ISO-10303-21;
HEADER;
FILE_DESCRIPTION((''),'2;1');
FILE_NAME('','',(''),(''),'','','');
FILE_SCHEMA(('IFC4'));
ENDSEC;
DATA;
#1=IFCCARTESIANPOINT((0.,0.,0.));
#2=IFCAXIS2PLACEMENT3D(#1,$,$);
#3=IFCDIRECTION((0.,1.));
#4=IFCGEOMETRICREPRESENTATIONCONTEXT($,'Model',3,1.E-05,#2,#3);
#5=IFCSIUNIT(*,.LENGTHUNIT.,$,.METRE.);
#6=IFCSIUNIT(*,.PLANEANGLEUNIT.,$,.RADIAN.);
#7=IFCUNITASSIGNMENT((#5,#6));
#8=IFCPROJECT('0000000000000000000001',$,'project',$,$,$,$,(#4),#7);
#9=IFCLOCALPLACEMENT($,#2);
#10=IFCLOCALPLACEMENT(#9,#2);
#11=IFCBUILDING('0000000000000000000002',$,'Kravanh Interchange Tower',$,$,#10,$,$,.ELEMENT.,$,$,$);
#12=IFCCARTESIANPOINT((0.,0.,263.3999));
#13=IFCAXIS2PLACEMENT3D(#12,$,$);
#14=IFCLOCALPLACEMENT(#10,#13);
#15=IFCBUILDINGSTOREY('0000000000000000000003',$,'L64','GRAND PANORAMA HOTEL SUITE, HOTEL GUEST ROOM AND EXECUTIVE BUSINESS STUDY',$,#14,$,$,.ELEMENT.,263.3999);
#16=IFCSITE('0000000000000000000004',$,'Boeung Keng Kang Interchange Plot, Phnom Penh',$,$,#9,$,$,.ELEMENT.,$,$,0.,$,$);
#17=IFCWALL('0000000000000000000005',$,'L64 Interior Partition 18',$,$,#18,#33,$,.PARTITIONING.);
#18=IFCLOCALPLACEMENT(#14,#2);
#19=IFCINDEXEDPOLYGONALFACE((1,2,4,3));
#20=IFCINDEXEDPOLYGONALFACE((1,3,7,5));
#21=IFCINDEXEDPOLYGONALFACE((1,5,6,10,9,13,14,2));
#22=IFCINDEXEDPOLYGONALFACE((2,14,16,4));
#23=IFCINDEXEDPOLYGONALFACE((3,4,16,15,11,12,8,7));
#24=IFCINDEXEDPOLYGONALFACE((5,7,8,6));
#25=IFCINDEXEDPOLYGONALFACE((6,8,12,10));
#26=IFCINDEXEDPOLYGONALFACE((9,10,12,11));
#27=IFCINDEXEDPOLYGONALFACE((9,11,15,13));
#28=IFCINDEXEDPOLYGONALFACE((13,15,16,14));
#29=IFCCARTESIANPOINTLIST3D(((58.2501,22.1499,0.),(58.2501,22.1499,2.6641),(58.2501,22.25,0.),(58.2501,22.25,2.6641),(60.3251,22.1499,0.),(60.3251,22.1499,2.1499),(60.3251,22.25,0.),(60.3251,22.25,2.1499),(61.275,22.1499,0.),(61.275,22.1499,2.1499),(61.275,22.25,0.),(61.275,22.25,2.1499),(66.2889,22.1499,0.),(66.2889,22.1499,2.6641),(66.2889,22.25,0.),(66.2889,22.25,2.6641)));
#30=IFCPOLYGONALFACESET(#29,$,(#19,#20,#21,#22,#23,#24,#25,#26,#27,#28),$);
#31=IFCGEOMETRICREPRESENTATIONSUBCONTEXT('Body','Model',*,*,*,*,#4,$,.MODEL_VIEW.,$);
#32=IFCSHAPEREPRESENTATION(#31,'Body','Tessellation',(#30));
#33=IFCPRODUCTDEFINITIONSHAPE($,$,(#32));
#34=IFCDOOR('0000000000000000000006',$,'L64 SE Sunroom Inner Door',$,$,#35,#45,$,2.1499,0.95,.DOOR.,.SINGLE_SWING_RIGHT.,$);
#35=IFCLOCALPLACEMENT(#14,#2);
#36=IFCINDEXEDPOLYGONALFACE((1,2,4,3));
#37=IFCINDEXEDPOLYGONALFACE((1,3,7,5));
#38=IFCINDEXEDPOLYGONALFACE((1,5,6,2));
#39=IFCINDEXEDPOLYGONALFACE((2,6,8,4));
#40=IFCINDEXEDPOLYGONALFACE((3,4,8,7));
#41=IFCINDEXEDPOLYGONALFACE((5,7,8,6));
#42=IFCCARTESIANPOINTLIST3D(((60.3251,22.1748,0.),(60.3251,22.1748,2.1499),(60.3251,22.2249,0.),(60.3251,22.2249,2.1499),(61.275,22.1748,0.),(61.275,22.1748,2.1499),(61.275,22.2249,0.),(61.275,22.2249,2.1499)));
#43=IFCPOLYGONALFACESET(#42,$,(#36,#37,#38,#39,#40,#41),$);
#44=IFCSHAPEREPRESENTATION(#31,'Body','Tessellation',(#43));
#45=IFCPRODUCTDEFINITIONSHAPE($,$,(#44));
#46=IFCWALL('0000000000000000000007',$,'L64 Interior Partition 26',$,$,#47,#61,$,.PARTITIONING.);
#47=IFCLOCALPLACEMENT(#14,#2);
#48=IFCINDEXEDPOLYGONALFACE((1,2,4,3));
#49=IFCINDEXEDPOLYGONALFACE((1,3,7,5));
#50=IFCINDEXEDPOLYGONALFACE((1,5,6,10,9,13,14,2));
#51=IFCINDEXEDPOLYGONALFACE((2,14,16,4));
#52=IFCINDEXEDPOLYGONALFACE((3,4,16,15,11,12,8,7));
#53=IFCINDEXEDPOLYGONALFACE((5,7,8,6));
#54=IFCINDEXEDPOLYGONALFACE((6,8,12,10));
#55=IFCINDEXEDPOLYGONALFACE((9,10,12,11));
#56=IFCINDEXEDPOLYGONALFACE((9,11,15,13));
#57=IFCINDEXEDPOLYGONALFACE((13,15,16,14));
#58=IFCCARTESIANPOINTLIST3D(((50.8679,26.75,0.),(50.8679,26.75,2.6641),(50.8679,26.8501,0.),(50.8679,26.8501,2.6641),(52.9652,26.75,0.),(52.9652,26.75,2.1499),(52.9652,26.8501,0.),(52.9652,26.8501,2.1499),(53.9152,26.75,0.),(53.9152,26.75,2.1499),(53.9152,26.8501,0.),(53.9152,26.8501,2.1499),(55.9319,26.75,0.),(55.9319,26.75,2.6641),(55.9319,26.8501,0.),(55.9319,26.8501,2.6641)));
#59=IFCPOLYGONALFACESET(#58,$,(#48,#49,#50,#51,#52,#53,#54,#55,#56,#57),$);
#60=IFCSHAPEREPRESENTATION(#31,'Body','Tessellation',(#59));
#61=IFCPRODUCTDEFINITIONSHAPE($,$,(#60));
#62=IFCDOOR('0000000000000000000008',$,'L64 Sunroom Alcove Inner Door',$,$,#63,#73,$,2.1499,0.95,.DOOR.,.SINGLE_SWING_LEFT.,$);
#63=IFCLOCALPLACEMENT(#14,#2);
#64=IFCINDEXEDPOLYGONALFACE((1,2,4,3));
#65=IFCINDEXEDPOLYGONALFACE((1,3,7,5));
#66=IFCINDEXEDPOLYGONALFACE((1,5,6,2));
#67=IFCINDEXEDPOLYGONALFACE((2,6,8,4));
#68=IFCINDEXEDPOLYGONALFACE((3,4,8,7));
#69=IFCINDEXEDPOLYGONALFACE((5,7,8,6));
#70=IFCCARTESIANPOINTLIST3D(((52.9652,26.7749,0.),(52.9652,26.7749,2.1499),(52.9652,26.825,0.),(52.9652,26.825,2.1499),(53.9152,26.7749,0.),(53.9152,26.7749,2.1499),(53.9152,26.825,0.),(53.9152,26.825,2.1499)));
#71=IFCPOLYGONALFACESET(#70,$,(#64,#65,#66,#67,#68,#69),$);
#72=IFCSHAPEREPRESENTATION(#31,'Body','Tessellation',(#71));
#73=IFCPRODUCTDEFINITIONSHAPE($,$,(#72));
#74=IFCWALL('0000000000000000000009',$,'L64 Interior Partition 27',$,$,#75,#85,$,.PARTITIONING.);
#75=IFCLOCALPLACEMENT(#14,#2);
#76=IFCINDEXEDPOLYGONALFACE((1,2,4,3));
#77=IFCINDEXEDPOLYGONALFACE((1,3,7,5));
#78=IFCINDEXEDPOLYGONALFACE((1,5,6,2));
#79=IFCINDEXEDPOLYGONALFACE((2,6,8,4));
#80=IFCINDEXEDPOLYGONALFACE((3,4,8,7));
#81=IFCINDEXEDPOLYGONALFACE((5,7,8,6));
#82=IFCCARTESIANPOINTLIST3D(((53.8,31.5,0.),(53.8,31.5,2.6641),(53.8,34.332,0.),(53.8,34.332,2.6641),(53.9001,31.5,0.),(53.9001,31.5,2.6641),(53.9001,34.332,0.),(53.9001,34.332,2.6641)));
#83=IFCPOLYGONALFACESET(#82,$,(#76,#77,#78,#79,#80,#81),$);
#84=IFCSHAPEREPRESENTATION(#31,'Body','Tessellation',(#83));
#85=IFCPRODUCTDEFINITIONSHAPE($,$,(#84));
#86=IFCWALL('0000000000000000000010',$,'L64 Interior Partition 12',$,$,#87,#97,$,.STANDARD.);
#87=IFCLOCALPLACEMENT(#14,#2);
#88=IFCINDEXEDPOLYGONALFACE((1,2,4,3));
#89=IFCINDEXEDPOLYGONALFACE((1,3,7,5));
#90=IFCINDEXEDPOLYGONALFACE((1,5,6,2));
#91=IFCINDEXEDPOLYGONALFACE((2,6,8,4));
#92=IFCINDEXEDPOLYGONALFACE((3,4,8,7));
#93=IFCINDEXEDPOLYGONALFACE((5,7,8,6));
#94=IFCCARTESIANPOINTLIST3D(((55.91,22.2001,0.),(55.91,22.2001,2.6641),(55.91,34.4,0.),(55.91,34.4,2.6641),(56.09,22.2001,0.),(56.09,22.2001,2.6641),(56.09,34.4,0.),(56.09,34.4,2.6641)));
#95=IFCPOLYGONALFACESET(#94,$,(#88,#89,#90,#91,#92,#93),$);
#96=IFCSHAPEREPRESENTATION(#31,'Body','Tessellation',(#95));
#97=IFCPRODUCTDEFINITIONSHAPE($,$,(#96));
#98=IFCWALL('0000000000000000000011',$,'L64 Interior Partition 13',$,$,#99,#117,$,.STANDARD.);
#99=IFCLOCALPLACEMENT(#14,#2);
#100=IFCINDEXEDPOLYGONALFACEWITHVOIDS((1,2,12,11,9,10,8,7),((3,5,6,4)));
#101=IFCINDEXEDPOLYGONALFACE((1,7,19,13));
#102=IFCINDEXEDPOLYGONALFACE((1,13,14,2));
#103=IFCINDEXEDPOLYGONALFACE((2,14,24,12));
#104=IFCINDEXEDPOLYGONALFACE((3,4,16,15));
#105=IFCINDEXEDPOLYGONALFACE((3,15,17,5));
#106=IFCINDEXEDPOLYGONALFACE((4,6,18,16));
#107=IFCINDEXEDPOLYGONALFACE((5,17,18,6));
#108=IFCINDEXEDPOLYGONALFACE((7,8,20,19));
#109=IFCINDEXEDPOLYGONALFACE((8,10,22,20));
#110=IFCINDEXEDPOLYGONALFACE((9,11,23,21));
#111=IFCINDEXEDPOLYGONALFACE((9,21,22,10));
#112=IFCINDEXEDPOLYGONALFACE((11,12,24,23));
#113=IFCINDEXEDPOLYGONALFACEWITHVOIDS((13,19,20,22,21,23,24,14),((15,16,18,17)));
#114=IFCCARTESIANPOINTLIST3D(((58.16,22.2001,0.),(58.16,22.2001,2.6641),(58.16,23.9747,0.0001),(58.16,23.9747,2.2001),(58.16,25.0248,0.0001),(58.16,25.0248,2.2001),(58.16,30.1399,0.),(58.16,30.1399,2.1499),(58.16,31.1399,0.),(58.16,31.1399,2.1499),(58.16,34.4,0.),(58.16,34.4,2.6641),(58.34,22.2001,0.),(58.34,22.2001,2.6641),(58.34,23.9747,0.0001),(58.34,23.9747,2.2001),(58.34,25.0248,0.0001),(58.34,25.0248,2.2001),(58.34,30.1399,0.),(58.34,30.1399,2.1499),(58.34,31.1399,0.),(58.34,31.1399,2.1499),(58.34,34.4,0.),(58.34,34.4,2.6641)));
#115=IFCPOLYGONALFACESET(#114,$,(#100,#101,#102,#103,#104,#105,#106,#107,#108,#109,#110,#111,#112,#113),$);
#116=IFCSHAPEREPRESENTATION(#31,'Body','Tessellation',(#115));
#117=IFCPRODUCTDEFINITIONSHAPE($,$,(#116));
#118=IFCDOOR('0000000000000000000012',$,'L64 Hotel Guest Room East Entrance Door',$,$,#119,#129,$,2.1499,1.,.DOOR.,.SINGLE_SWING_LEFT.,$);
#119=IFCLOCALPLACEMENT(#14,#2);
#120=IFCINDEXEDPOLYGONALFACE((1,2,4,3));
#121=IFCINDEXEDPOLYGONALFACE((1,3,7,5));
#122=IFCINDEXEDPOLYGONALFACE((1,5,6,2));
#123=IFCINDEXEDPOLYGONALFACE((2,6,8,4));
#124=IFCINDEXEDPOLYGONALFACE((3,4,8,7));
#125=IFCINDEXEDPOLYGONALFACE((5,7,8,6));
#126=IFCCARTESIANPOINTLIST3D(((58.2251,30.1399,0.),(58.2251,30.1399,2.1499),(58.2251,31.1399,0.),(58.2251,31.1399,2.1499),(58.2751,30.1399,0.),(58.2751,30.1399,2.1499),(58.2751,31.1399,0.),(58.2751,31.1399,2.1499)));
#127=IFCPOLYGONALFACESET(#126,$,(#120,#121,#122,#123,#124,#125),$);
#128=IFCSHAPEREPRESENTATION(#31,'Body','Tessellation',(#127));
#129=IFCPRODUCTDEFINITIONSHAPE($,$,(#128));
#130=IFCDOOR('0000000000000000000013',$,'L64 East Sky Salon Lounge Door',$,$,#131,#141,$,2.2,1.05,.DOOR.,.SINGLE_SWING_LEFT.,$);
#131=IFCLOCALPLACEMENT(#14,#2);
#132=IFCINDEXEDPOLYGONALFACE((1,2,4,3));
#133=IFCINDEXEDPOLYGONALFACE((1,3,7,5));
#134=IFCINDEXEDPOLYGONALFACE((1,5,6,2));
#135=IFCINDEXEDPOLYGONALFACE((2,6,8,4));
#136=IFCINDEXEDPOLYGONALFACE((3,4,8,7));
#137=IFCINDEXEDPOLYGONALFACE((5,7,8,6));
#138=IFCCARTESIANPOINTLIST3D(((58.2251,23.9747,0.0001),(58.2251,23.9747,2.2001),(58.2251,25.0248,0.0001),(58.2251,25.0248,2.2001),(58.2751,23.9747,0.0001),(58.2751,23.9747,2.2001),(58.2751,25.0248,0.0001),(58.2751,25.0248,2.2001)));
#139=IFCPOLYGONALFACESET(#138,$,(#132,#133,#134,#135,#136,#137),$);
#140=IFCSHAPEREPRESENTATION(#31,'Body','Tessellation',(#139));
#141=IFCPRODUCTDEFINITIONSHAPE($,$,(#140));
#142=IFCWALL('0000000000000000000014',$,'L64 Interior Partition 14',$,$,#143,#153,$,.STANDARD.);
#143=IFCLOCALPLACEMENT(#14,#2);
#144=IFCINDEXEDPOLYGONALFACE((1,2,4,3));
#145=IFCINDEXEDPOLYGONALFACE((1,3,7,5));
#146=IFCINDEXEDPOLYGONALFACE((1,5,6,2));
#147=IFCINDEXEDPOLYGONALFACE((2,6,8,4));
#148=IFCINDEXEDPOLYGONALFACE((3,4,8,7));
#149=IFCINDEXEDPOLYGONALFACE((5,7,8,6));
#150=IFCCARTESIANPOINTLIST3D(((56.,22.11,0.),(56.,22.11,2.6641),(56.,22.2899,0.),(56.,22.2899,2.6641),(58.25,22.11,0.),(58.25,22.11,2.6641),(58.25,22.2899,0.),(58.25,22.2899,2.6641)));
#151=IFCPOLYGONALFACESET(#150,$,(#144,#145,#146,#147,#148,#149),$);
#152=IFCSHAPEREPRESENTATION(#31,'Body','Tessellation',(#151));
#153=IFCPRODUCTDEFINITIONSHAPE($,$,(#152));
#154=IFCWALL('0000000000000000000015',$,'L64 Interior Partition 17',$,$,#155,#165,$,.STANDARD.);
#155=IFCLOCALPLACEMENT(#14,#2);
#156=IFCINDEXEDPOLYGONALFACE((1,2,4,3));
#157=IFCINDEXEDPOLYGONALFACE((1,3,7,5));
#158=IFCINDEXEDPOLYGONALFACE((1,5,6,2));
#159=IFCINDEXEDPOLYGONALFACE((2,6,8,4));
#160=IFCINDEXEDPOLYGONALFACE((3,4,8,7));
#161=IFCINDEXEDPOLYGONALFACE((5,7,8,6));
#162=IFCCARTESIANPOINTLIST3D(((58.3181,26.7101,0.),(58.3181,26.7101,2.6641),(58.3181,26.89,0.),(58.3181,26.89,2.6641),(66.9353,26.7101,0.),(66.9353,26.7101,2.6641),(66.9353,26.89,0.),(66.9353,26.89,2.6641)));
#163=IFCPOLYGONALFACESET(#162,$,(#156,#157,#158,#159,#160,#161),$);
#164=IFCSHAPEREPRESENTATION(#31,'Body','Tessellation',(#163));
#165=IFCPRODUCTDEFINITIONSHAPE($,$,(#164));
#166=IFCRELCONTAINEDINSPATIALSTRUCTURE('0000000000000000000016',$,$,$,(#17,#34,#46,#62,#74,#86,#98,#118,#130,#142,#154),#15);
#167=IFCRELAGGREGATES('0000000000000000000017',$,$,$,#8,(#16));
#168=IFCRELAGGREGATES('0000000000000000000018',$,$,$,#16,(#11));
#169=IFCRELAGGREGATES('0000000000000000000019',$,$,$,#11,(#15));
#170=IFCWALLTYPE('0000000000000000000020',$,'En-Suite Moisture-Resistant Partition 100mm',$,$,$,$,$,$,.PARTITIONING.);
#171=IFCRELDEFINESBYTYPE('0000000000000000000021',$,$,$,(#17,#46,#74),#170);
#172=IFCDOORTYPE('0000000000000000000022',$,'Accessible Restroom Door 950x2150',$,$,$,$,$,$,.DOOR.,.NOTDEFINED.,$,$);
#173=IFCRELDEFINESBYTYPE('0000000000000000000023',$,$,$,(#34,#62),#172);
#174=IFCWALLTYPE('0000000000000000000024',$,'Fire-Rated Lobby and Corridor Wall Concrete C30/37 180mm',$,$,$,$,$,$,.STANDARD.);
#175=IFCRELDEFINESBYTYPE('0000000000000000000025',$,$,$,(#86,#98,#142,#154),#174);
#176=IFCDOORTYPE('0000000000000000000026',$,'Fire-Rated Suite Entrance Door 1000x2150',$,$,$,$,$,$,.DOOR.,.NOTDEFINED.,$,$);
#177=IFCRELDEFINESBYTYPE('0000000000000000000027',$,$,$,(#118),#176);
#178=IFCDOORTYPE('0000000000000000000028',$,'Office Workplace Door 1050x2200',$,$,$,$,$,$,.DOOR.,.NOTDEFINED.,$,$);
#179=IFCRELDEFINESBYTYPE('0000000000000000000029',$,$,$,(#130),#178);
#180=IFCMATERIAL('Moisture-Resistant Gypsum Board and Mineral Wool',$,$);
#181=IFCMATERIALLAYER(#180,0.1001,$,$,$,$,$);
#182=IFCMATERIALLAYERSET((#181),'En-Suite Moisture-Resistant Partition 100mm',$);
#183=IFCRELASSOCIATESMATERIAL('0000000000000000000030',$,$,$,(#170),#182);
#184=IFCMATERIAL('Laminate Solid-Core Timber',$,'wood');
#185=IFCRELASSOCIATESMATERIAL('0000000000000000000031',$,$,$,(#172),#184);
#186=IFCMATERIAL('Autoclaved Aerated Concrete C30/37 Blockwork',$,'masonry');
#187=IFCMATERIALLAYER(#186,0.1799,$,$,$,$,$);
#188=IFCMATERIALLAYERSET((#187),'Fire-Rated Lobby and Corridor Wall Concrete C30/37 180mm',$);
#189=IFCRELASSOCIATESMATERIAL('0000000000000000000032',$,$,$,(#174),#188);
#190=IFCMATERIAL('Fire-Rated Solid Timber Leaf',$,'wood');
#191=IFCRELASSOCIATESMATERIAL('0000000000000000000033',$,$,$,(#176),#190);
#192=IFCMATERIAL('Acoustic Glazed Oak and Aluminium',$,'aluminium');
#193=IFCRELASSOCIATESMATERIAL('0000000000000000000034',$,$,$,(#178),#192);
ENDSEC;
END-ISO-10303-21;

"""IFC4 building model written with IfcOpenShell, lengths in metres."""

from ifc_helpers import new_model, si_unit, direction, frame, frame_2d, origin, place, context, subcontext, project, spatial, rectangle, extrude, material, layer, layer_set, type_object, element, fill, save


model = new_model("IFC4")

# Units and contexts
model_context = context("Model", 3, precision=1e-05, world=origin(), true_north=direction((0.0, 1.0)))
body_context = subcontext(model_context, "Body", "Model", "MODEL_VIEW")
ifc_project = project(units=[si_unit("LENGTHUNIT", "METRE"), si_unit("PLANEANGLEUNIT", "RADIAN")], contexts=[model_context])

# Site, building, storey
site_placement = place(None, origin())
site = spatial("IfcSite", under=ifc_project, at=site_placement, Name="Boeung Keng Kang Interchange Plot, Phnom Penh", CompositionType="ELEMENT", RefElevation=0.0)
building_placement = place(site_placement, origin())
building = spatial("IfcBuilding", under=site, at=building_placement, Name="Kravanh Interchange Tower", CompositionType="ELEMENT")
storey_placement = place(building_placement, frame((0.0, 0.0, 263.3999)))
storey = spatial("IfcBuildingStorey", under=building, at=storey_placement, Name="L64", Description="GRAND PANORAMA HOTEL SUITE, HOTEL GUEST ROOM AND EXECUTIVE BUSINESS STUDY", CompositionType="ELEMENT", Elevation=263.3999)

# Walls, openings, doors
ifc_material_1 = material(Name="Moisture-Resistant Gypsum Board and Mineral Wool")
ifc_layer_1 = layer(ifc_material_1, 0.1001)
ifc_layer_set_1 = layer_set([ifc_layer_1], Name="En-Suite Moisture-Resistant Partition 100mm")
wall_type_1 = type_object("IfcWallType", Name="En-Suite Moisture-Resistant Partition 100mm", PredefinedType="PARTITIONING", material=ifc_layer_set_1)
wall_1_placement = place(storey_placement, frame((58.25, 22.2, 0.0), z_axis=(0.0, 0.0, 1.0), x_axis=(1.0, 0.0, 0.0)))
wall_1 = element("IfcWall", 1, at=wall_1_placement, inside=storey, type_object=wall_type_1, Name="L64 Interior Partition 18", PredefinedType="PARTITIONING", context=body_context, shape_type="SweptSolid", body=[
    extrude(rectangle(XDim=8.0388, YDim=0.1001, at=frame_2d((4.0195, 0.0))), origin(), (0.0, 0.0, 1.0), 2.6641),
])
opening_1_placement = place(wall_1_placement, frame((2.075, 0.0, 0.0)))
opening_1 = element("IfcOpeningElement", 2, at=opening_1_placement, cuts=wall_1, PredefinedType="OPENING", context=body_context, shape_type="SweptSolid", body=[
    extrude(rectangle(XDim=0.95, YDim=2.1499, at=frame_2d((0.4751, 1.075))), frame((0.0, 0.0601, 0.0), z_axis=(0.0, -1.0, 0.0), x_axis=(1.0, 0.0, 0.0)), (0.0, 0.0, 1.0), 0.1201),
])
ifc_material_2 = material(Name="Laminate Solid-Core Timber", Category="wood")
door_type_1 = type_object("IfcDoorType", Name="Accessible Restroom Door 950x2150", OperationType="NOTDEFINED", PredefinedType="DOOR", material=ifc_material_2)
door_1_placement = place(opening_1_placement, origin())
door_1 = element("IfcDoor", 3, at=door_1_placement, inside=storey, type_object=door_type_1, Name="L64 SE Sunroom Inner Door", OperationType="SINGLE_SWING_RIGHT", OverallHeight=2.1499, OverallWidth=0.95, PredefinedType="DOOR", context=body_context, shape_type="SweptSolid", body=[
    extrude(rectangle(XDim=0.95, YDim=2.1499, at=frame_2d((0.4751, 1.075))), frame((0.0, 0.0249, 0.0), z_axis=(0.0, -1.0, 0.0), x_axis=(1.0, 0.0, 0.0)), (0.0, 0.0, 1.0), 0.05),
])
fill(opening_1, door_1)
wall_2_placement = place(storey_placement, frame((50.8679, 26.8, 0.0), z_axis=(0.0, 0.0, 1.0), x_axis=(1.0, 0.0, 0.0)))
wall_2 = element("IfcWall", 4, at=wall_2_placement, inside=storey, type_object=wall_type_1, Name="L64 Interior Partition 26", PredefinedType="PARTITIONING", context=body_context, shape_type="SweptSolid", body=[
    extrude(rectangle(XDim=5.064, YDim=0.1001, at=frame_2d((2.532, 0.0))), origin(), (0.0, 0.0, 1.0), 2.6641),
])
opening_2_placement = place(wall_2_placement, frame((2.0972, 0.0, 0.0)))
opening_2 = element("IfcOpeningElement", 5, at=opening_2_placement, cuts=wall_2, PredefinedType="OPENING", context=body_context, shape_type="SweptSolid", body=[
    extrude(rectangle(XDim=0.95, YDim=2.1499, at=frame_2d((0.4751, 1.075))), frame((0.0, 0.0601, 0.0), z_axis=(0.0, -1.0, 0.0), x_axis=(1.0, 0.0, 0.0)), (0.0, 0.0, 1.0), 0.1201),
])
door_2_placement = place(opening_2_placement, origin())
door_2 = element("IfcDoor", 6, at=door_2_placement, inside=storey, type_object=door_type_1, Name="L64 Sunroom Alcove Inner Door", OperationType="SINGLE_SWING_LEFT", OverallHeight=2.1499, OverallWidth=0.95, PredefinedType="DOOR", context=body_context, shape_type="SweptSolid", body=[
    extrude(rectangle(XDim=0.95, YDim=2.1499, at=frame_2d((0.4751, 1.075))), frame((0.0, 0.0249, 0.0), z_axis=(0.0, -1.0, 0.0), x_axis=(1.0, 0.0, 0.0)), (0.0, 0.0, 1.0), 0.05),
])
fill(opening_2, door_2)

# Walls
wall_3_placement = place(storey_placement, frame((53.8501, 31.5, 0.0), z_axis=(0.0, 0.0, 1.0), x_axis=(0.0, 1.0, 0.0)))
element("IfcWall", 7, at=wall_3_placement, inside=storey, type_object=wall_type_1, Name="L64 Interior Partition 27", PredefinedType="PARTITIONING", context=body_context, shape_type="SweptSolid", body=[
    extrude(rectangle(XDim=2.832, YDim=0.1001, at=frame_2d((1.416, 0.0))), origin(), (0.0, 0.0, 1.0), 2.6641),
])
ifc_material_3 = material(Name="Autoclaved Aerated Concrete C30/37 Blockwork", Category="masonry")
ifc_layer_2 = layer(ifc_material_3, 0.1799)
ifc_layer_set_2 = layer_set([ifc_layer_2], Name="Fire-Rated Lobby and Corridor Wall Concrete C30/37 180mm")
wall_type_2 = type_object("IfcWallType", Name="Fire-Rated Lobby and Corridor Wall Concrete C30/37 180mm", PredefinedType="STANDARD", material=ifc_layer_set_2)
wall_4_placement = place(storey_placement, frame((56.0, 22.2, 0.0), z_axis=(0.0, 0.0, 1.0), x_axis=(0.0, 1.0, 0.0)))
element("IfcWall", 8, at=wall_4_placement, inside=storey, type_object=wall_type_2, Name="L64 Interior Partition 12", PredefinedType="STANDARD", context=body_context, shape_type="SweptSolid", body=[
    extrude(rectangle(XDim=12.2, YDim=0.1799, at=frame_2d((6.1001, 0.0))), origin(), (0.0, 0.0, 1.0), 2.6641),
])

# Wall, openings, doors
wall_5_placement = place(storey_placement, frame((58.25, 22.2, 0.0), z_axis=(0.0, 0.0, 1.0), x_axis=(0.0, 1.0, 0.0)))
wall_5 = element("IfcWall", 9, at=wall_5_placement, inside=storey, type_object=wall_type_2, Name="L64 Interior Partition 13", PredefinedType="STANDARD", context=body_context, shape_type="SweptSolid", body=[
    extrude(rectangle(XDim=12.2, YDim=0.1799, at=frame_2d((6.1001, 0.0))), origin(), (0.0, 0.0, 1.0), 2.6641),
])
opening_3_placement = place(wall_5_placement, frame((1.7749, 0.0, 0.0)))
opening_3 = element("IfcOpeningElement", 10, at=opening_3_placement, cuts=wall_5, PredefinedType="OPENING", context=body_context, shape_type="SweptSolid", body=[
    extrude(rectangle(XDim=1.05, YDim=2.2, at=frame_2d((0.5249, 1.1001))), frame((0.0, 0.1001, 0.0), z_axis=(0.0, -1.0, 0.0), x_axis=(1.0, 0.0, 0.0)), (0.0, 0.0, 1.0), 0.2),
])
opening_4_placement = place(wall_5_placement, frame((7.9399, 0.0, 0.0)))
opening_4 = element("IfcOpeningElement", 11, at=opening_4_placement, cuts=wall_5, PredefinedType="OPENING", context=body_context, shape_type="SweptSolid", body=[
    extrude(rectangle(XDim=1.0, YDim=2.1499, at=frame_2d((0.5, 1.075))), frame((0.0, 0.1001, 0.0), z_axis=(0.0, -1.0, 0.0), x_axis=(1.0, 0.0, 0.0)), (0.0, 0.0, 1.0), 0.2),
])
ifc_material_4 = material(Name="Fire-Rated Solid Timber Leaf", Category="wood")
door_type_2 = type_object("IfcDoorType", Name="Fire-Rated Suite Entrance Door 1000x2150", OperationType="NOTDEFINED", PredefinedType="DOOR", material=ifc_material_4)
door_3_placement = place(opening_4_placement, origin())
door_3 = element("IfcDoor", 12, at=door_3_placement, inside=storey, type_object=door_type_2, Name="L64 Hotel Guest Room East Entrance Door", OperationType="SINGLE_SWING_LEFT", OverallHeight=2.1499, OverallWidth=1.0, PredefinedType="DOOR", context=body_context, shape_type="SweptSolid", body=[
    extrude(rectangle(XDim=1.0, YDim=2.1499, at=frame_2d((0.5, 1.075))), frame((0.0, 0.0249, 0.0), z_axis=(0.0, -1.0, 0.0), x_axis=(1.0, 0.0, 0.0)), (0.0, 0.0, 1.0), 0.05),
])
fill(opening_4, door_3)
ifc_material_5 = material(Name="Acoustic Glazed Oak and Aluminium", Category="aluminium")
door_type_3 = type_object("IfcDoorType", Name="Office Workplace Door 1050x2200", OperationType="NOTDEFINED", PredefinedType="DOOR", material=ifc_material_5)
door_4_placement = place(opening_3_placement, origin())
door_4 = element("IfcDoor", 13, at=door_4_placement, inside=storey, type_object=door_type_3, Name="L64 East Sky Salon Lounge Door", OperationType="SINGLE_SWING_LEFT", OverallHeight=2.2, OverallWidth=1.05, PredefinedType="DOOR", context=body_context, shape_type="SweptSolid", body=[
    extrude(rectangle(XDim=1.05, YDim=2.2, at=frame_2d((0.5249, 1.1001))), frame((0.0, 0.0249, 0.0), z_axis=(0.0, -1.0, 0.0), x_axis=(1.0, 0.0, 0.0)), (0.0, 0.0, 1.0), 0.05),
])
fill(opening_3, door_4)

# Walls
wall_6_placement = place(storey_placement, frame((56.0, 22.2, 0.0), z_axis=(0.0, 0.0, 1.0), x_axis=(1.0, 0.0, 0.0)))
element("IfcWall", 14, at=wall_6_placement, inside=storey, type_object=wall_type_2, Name="L64 Interior Partition 14", PredefinedType="STANDARD", context=body_context, shape_type="SweptSolid", body=[
    extrude(rectangle(XDim=2.25, YDim=0.1799, at=frame_2d((1.125, 0.0))), origin(), (0.0, 0.0, 1.0), 2.6641),
])
wall_7_placement = place(storey_placement, frame((58.3181, 26.8, 0.0), z_axis=(0.0, 0.0, 1.0), x_axis=(1.0, 0.0, 0.0)))
element("IfcWall", 15, at=wall_7_placement, inside=storey, type_object=wall_type_2, Name="L64 Interior Partition 17", PredefinedType="STANDARD", context=body_context, shape_type="SweptSolid", body=[
    extrude(rectangle(XDim=8.6172, YDim=0.1799, at=frame_2d((4.3086, 0.0))), origin(), (0.0, 0.0, 1.0), 2.6641),
])

save(model, "model.ifc")
